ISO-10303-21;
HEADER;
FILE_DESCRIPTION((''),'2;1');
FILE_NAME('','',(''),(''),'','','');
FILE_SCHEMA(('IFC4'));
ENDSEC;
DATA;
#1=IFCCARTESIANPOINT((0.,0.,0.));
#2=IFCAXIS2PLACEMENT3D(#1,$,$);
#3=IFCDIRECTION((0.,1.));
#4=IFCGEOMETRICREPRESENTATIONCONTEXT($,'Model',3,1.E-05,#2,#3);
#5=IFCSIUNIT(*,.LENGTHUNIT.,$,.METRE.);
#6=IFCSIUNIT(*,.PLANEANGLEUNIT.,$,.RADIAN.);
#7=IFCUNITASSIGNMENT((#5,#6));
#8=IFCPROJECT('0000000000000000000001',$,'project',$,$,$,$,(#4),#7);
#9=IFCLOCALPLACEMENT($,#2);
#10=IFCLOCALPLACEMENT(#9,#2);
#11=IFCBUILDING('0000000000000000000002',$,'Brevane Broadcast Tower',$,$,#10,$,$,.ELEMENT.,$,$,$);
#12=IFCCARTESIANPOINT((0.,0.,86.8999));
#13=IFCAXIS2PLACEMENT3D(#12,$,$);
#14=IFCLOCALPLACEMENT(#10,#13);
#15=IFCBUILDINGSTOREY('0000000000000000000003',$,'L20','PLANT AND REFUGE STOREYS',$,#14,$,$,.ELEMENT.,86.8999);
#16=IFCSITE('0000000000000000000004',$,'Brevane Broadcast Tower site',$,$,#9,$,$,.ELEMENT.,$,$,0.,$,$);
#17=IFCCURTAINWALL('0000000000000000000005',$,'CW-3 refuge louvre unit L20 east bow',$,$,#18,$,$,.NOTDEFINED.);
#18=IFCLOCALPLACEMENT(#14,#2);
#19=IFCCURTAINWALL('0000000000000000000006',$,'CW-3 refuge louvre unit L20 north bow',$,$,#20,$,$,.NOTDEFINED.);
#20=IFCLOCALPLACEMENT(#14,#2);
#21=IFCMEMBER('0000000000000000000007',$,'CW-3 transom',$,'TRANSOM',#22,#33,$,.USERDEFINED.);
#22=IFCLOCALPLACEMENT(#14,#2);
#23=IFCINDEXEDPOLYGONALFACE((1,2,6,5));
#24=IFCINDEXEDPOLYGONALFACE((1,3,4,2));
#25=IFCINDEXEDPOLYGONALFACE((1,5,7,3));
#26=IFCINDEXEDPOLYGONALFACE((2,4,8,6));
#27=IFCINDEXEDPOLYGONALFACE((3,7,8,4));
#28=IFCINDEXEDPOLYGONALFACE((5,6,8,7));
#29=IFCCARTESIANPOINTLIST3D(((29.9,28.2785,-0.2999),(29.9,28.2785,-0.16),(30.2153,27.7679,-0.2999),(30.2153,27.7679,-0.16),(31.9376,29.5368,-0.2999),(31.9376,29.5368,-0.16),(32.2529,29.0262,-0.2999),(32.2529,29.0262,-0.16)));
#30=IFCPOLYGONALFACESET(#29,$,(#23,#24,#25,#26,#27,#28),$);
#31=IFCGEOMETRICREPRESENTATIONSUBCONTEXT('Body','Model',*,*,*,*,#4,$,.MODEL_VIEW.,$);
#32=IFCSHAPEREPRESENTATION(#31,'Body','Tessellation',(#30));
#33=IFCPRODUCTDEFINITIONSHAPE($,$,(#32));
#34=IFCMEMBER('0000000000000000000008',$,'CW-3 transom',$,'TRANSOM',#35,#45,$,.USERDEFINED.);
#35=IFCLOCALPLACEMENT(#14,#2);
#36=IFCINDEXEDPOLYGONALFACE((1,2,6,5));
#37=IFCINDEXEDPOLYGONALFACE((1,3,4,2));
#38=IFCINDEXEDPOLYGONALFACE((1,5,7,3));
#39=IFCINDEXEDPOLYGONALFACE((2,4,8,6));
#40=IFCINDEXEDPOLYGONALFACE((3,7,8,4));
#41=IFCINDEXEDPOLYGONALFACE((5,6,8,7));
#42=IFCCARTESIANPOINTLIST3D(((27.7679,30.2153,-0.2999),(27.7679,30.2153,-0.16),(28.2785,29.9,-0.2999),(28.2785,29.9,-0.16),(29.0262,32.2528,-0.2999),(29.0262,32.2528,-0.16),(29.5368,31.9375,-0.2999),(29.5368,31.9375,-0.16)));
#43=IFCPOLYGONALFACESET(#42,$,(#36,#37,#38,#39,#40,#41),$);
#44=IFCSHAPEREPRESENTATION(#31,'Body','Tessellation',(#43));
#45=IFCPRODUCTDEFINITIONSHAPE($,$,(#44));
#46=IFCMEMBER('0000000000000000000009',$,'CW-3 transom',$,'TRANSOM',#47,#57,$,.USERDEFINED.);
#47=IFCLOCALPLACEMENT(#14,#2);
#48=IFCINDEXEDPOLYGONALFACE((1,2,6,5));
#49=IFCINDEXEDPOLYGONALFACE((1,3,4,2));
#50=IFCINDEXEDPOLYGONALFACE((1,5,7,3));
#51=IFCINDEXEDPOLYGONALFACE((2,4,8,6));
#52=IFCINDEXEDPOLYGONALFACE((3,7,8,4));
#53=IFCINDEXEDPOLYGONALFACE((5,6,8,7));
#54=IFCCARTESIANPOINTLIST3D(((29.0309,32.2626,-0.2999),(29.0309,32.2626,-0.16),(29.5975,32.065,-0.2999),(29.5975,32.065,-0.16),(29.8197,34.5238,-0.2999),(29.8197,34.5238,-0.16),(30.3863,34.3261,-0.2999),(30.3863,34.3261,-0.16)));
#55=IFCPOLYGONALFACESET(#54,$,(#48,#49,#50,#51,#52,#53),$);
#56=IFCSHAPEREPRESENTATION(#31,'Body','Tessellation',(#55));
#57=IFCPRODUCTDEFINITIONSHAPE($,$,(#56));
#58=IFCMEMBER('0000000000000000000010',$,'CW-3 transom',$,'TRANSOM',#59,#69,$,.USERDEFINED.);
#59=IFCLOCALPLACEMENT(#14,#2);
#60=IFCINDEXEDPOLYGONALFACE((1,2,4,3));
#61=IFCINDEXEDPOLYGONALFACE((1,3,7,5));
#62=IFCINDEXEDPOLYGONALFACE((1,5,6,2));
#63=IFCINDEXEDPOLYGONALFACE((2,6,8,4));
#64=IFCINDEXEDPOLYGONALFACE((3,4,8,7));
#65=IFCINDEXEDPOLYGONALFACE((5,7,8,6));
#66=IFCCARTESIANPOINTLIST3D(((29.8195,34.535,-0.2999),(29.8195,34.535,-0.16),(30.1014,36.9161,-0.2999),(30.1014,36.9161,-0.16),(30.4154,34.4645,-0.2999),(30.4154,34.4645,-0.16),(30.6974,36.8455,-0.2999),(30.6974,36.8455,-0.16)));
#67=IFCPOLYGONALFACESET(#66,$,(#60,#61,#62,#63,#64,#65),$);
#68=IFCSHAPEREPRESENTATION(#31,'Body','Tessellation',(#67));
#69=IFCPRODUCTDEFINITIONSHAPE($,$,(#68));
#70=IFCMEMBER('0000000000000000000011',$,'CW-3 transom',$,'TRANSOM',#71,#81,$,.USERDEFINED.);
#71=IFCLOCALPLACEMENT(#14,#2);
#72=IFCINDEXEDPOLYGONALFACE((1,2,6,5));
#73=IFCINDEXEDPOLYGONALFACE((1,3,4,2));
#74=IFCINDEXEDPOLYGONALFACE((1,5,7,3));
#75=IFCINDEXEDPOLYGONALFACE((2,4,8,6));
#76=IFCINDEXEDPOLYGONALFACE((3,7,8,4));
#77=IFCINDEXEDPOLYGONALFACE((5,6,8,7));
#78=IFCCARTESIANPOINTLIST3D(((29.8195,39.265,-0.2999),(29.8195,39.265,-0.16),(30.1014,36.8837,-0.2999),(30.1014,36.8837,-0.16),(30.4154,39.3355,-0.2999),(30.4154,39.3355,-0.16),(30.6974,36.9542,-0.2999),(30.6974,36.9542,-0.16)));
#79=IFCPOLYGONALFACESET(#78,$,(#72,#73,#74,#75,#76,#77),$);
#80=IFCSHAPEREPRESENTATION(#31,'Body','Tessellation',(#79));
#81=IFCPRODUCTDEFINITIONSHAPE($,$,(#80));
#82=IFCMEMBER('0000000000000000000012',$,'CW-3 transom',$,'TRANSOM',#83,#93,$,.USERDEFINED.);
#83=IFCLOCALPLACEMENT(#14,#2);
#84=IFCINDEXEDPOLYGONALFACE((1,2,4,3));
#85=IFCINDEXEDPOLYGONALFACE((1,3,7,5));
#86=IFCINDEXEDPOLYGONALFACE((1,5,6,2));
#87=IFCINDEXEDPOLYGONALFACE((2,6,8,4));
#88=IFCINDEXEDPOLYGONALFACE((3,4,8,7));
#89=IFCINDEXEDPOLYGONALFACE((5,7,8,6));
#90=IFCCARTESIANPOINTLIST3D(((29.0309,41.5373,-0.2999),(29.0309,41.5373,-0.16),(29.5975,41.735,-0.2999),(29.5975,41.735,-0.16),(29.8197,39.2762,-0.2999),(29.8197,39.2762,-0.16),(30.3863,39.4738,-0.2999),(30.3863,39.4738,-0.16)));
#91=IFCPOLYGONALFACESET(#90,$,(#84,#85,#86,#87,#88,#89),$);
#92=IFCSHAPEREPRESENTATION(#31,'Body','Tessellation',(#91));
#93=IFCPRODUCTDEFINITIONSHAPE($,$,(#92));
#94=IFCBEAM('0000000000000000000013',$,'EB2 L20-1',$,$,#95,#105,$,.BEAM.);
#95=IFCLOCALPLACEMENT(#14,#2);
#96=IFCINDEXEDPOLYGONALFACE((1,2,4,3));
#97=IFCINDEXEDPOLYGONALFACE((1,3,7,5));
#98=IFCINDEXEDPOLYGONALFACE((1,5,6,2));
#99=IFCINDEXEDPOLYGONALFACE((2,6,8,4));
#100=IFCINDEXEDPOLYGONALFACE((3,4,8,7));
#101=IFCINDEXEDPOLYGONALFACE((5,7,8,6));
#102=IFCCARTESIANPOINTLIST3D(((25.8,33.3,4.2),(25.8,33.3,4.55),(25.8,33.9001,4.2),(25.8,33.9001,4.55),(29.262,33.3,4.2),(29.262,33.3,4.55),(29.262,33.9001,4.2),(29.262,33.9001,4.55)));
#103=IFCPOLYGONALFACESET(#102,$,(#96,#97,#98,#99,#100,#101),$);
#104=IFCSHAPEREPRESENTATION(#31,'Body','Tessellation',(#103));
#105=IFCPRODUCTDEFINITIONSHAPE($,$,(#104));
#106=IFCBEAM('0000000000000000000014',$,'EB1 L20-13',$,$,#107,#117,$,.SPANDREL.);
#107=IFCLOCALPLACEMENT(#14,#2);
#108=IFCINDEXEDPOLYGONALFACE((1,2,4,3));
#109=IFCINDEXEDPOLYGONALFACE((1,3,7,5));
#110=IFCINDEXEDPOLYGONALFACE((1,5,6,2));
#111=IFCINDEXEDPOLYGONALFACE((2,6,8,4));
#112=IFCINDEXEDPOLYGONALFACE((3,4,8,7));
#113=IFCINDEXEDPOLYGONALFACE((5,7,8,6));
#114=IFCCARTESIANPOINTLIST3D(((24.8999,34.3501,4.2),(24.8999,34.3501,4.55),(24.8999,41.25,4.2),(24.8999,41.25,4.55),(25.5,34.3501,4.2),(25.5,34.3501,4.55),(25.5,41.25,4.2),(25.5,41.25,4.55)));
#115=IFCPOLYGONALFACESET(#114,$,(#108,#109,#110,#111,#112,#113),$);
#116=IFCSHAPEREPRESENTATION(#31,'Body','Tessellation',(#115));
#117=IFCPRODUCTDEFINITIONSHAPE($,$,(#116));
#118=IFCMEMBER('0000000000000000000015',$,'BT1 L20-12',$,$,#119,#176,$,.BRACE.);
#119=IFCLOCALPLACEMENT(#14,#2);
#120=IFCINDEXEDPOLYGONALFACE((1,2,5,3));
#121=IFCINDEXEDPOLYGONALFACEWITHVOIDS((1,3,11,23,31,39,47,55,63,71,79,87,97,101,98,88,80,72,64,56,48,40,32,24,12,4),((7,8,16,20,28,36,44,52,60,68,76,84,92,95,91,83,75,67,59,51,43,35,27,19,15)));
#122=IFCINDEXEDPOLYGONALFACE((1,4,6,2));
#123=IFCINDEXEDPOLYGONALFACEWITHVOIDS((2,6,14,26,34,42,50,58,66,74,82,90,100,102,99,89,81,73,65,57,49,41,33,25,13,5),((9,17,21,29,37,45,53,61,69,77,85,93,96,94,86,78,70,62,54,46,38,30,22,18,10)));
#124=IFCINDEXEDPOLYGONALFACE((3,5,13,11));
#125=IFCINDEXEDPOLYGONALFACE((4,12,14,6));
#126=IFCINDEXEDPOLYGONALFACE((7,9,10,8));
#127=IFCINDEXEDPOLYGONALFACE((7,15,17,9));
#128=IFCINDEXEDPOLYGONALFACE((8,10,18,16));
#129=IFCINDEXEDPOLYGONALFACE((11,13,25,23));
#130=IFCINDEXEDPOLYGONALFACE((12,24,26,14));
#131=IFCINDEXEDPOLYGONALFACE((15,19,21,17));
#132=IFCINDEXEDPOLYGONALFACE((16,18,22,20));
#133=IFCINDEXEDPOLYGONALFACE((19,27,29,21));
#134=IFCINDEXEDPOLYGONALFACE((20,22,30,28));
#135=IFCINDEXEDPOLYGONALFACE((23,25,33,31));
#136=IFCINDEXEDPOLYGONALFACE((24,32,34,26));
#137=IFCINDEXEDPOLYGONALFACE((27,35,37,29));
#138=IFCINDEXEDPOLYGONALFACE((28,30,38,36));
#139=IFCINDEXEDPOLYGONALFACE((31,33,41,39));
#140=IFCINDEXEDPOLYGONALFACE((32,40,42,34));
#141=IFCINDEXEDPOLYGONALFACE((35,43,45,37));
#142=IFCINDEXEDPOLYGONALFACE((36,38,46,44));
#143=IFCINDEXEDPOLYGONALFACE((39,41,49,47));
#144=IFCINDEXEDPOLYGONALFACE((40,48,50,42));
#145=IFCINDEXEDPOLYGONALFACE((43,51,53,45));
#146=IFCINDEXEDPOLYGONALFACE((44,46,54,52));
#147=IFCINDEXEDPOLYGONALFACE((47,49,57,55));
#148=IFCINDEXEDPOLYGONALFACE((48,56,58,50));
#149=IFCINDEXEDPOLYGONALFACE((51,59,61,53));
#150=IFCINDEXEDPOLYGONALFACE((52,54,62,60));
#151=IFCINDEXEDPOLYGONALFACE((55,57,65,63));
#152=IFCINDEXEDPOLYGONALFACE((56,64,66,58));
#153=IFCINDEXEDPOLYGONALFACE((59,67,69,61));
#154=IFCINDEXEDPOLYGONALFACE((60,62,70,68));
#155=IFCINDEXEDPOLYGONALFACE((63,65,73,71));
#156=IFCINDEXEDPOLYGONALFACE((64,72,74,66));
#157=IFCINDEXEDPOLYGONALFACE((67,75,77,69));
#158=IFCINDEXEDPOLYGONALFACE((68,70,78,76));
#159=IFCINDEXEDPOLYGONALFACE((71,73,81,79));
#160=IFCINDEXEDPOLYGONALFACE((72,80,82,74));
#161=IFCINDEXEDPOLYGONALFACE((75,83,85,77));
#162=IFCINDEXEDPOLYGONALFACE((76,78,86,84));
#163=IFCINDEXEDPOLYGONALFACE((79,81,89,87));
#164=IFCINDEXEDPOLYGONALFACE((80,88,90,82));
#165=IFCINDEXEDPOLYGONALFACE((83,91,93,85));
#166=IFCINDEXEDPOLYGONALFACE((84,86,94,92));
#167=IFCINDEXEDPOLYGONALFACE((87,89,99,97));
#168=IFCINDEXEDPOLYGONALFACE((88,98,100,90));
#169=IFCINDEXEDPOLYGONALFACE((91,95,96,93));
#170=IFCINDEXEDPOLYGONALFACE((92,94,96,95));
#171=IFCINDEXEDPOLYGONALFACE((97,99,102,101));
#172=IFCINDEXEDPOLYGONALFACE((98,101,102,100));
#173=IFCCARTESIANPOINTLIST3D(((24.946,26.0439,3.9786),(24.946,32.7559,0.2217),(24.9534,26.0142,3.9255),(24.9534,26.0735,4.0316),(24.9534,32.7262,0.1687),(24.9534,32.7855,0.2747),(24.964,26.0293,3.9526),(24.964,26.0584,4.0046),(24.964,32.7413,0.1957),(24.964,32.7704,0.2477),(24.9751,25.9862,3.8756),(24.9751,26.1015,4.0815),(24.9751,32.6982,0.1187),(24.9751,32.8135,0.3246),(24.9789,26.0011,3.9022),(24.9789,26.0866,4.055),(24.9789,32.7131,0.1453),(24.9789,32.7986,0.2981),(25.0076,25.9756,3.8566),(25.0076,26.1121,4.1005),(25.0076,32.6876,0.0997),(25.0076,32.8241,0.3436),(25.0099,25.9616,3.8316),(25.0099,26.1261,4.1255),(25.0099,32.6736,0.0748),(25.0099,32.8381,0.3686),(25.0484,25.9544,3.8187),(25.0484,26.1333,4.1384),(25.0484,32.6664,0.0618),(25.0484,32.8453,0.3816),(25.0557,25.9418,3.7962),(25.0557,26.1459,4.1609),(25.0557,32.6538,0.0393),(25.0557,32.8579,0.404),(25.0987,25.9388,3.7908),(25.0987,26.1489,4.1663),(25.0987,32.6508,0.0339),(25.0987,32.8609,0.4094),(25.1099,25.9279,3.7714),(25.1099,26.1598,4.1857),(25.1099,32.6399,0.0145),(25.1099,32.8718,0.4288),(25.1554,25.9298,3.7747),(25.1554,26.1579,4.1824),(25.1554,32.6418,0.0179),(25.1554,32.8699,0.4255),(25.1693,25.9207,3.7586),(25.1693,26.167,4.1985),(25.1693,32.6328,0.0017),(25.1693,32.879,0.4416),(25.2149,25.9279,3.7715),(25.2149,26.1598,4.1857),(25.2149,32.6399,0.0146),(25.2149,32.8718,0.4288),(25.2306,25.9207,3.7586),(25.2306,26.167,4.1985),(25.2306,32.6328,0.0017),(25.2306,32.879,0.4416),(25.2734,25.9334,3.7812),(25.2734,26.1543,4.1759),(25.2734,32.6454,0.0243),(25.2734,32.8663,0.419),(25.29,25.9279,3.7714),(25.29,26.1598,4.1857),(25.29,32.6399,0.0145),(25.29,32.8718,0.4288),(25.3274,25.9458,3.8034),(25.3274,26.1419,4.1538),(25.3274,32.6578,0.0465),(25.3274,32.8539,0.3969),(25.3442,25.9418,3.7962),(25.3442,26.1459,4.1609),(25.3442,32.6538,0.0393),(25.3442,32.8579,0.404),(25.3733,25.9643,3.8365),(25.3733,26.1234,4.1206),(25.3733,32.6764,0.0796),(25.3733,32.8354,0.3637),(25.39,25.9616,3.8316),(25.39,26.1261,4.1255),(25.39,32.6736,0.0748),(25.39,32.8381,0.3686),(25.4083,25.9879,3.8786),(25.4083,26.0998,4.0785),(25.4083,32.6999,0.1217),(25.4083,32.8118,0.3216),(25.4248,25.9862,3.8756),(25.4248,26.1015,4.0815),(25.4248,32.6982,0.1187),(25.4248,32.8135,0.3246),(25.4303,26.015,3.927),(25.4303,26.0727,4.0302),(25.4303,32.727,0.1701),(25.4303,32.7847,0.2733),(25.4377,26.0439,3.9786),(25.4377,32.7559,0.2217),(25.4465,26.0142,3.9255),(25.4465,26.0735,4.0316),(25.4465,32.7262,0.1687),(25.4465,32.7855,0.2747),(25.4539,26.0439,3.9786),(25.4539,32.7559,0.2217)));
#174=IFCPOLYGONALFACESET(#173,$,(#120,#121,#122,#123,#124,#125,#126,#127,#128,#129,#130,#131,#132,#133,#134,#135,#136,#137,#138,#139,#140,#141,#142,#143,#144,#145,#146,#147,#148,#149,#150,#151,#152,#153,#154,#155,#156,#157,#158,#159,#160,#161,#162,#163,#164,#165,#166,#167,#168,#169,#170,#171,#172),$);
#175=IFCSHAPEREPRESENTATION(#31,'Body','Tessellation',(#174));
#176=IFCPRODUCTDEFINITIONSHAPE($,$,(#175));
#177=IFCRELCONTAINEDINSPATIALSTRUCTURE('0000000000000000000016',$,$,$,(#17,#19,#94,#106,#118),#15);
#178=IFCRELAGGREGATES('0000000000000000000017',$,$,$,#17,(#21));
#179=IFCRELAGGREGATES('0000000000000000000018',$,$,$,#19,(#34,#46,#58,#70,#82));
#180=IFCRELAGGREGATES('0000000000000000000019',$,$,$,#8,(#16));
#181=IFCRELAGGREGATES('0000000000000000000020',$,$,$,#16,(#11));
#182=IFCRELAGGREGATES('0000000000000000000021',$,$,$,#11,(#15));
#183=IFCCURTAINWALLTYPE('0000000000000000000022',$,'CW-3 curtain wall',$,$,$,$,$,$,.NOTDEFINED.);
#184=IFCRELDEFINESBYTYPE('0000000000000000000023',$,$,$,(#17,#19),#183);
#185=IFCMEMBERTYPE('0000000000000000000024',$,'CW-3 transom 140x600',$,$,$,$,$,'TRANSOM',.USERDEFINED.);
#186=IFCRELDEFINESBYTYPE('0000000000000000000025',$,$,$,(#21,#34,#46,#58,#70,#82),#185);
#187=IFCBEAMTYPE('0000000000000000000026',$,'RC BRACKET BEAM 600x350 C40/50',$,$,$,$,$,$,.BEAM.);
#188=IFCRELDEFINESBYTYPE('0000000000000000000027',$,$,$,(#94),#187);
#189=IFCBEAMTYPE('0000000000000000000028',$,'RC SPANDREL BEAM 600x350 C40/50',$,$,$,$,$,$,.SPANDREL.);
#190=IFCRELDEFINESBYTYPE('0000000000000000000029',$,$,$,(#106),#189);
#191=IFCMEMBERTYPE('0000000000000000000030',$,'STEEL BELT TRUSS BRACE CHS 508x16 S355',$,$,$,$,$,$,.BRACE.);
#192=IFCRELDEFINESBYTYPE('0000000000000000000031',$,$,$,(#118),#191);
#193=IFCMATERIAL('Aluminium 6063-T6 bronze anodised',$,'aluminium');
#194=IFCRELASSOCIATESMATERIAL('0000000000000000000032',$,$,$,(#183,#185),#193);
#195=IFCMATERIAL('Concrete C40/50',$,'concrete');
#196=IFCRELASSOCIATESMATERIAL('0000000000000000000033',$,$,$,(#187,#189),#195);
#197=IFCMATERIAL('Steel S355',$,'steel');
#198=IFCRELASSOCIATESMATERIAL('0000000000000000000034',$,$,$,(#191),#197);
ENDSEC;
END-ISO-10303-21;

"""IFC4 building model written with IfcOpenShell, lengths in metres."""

from ifc_helpers import new_model, si_unit, direction, frame, origin, origin_2d, place, context, subcontext, project, spatial, rectangle, hollow_circle, extrude, material, material_profile, profile_set, type_object, element, aggregate, save


model = new_model("IFC4")

# Units and contexts
model_context = context("Model", 3, precision=1e-05, world=origin(), true_north=direction((0.0, 1.0)))
body_context = subcontext(model_context, "Body", "Model", "MODEL_VIEW")
ifc_project = project(units=[si_unit("LENGTHUNIT", "METRE"), si_unit("PLANEANGLEUNIT", "RADIAN")], contexts=[model_context])

# Site, building, storey
site_placement = place(None, origin())
site = spatial("IfcSite", under=ifc_project, at=site_placement, Name="Brevane Broadcast Tower site", CompositionType="ELEMENT", RefElevation=0.0)
building_placement = place(site_placement, origin())
building = spatial("IfcBuilding", under=site, at=building_placement, Name="Brevane Broadcast Tower", CompositionType="ELEMENT")
storey_placement = place(building_placement, frame((0.0, 0.0, 86.8999)))
storey = spatial("IfcBuildingStorey", under=building, at=storey_placement, Name="L20", Description="PLANT AND REFUGE STOREYS", CompositionType="ELEMENT", Elevation=86.8999)

# Curtain walls
ifc_material_1 = material(Name="Aluminium 6063-T6 bronze anodised", Category="aluminium")
curtain_wall_type = type_object("IfcCurtainWallType", Name="CW-3 curtain wall", PredefinedType="NOTDEFINED", material=ifc_material_1)
curtain_wall_1_placement = place(storey_placement, origin())
curtain_wall_1 = element("IfcCurtainWall", 1, at=curtain_wall_1_placement, inside=storey, type_object=curtain_wall_type, Name="CW-3 refuge louvre unit L20 east bow", PredefinedType="NOTDEFINED")
curtain_wall_2_placement = place(storey_placement, origin())
curtain_wall_2 = element("IfcCurtainWall", 2, at=curtain_wall_2_placement, inside=storey, type_object=curtain_wall_type, Name="CW-3 refuge louvre unit L20 north bow", PredefinedType="NOTDEFINED")

# Members
ifc_material_profile_1 = material_profile(ifc_material_1, rectangle(XDim=0.6001, YDim=0.1399, at=origin_2d()), Name="RECT 140x600")
ifc_profile_set_1 = profile_set([ifc_material_profile_1], Name="Aluminium 6063-T6 bronze anodised")
member_type_1 = type_object("IfcMemberType", Name="CW-3 transom 140x600", ElementType="TRANSOM", PredefinedType="USERDEFINED", material=ifc_profile_set_1)
member_1_placement = place(storey_placement, frame((32.0952, 29.2815, -0.23), z_axis=(-0.850838, -0.525428, 0.0), x_axis=(0.525428, -0.850838, 0.0)))
member_1 = element("IfcMember", 3, at=member_1_placement, type_object=member_type_1, Name="CW-3 transom", ObjectType="TRANSOM", PredefinedType="USERDEFINED", context=body_context, shape_type="SweptSolid", body=[
    extrude(rectangle(XDim=0.6001, YDim=0.1399, at=origin_2d()), origin(), (0.0, 0.0, 1.0), 2.3948),
])
aggregate(curtain_wall_1, [member_1])
member_2_placement = place(storey_placement, frame((28.0232, 30.0576, -0.23), z_axis=(0.525428, 0.850838, 0.0), x_axis=(-0.850838, 0.525428, 0.0)))
member_2 = element("IfcMember", 4, at=member_2_placement, type_object=member_type_1, Name="CW-3 transom", ObjectType="TRANSOM", PredefinedType="USERDEFINED", context=body_context, shape_type="SweptSolid", body=[
    extrude(rectangle(XDim=0.6001, YDim=0.1399, at=origin_2d()), origin(), (0.0, 0.0, 1.0), 2.3948),
])
member_3_placement = place(storey_placement, frame((29.3142, 32.1638, -0.23), z_axis=(0.329378, 0.944198, 0.0), x_axis=(-0.944198, 0.329378, 0.0)))
member_3 = element("IfcMember", 5, at=member_3_placement, type_object=member_type_1, Name="CW-3 transom", ObjectType="TRANSOM", PredefinedType="USERDEFINED", context=body_context, shape_type="SweptSolid", body=[
    extrude(rectangle(XDim=0.6001, YDim=0.1399, at=origin_2d()), origin(), (0.0, 0.0, 1.0), 2.3948),
])
member_4_placement = place(storey_placement, frame((30.1174, 34.4998, -0.23), z_axis=(0.117603, 0.993061, 0.0), x_axis=(-0.993061, 0.117603, 0.0)))
member_4 = element("IfcMember", 6, at=member_4_placement, type_object=member_type_1, Name="CW-3 transom", ObjectType="TRANSOM", PredefinedType="USERDEFINED", context=body_context, shape_type="SweptSolid", body=[
    extrude(rectangle(XDim=0.6001, YDim=0.1399, at=origin_2d()), origin(), (0.0, 0.0, 1.0), 2.3977),
])
member_5_placement = place(storey_placement, frame((30.3994, 36.9189, -0.23), z_axis=(-0.117591, 0.993062, 0.0), x_axis=(-0.993062, -0.117591, 0.0)))
member_5 = element("IfcMember", 7, at=member_5_placement, type_object=member_type_1, Name="CW-3 transom", ObjectType="TRANSOM", PredefinedType="USERDEFINED", context=body_context, shape_type="SweptSolid", body=[
    extrude(rectangle(XDim=0.6001, YDim=0.1399, at=origin_2d()), origin(), (0.0, 0.0, 1.0), 2.3979),
])
member_6_placement = place(storey_placement, frame((30.103, 39.375, -0.23), z_axis=(-0.329378, 0.944198, 0.0), x_axis=(-0.944198, -0.329378, 0.0)))
member_6 = element("IfcMember", 8, at=member_6_placement, type_object=member_type_1, Name="CW-3 transom", ObjectType="TRANSOM", PredefinedType="USERDEFINED", context=body_context, shape_type="SweptSolid", body=[
    extrude(rectangle(XDim=0.6001, YDim=0.1399, at=origin_2d()), origin(), (0.0, 0.0, 1.0), 2.3948),
])
aggregate(curtain_wall_2, [member_2, member_3, member_4, member_5, member_6])

# Beams
ifc_material_2 = material(Name="Concrete C40/50", Category="concrete")
ifc_material_profile_2 = material_profile(ifc_material_2, rectangle(XDim=0.6001, YDim=0.3501, at=origin_2d()), Name="RC 600x350")
ifc_profile_set_2 = profile_set([ifc_material_profile_2], Name="Concrete C40/50")
beam_type_1 = type_object("IfcBeamType", Name="RC BRACKET BEAM 600x350 C40/50", PredefinedType="BEAM", material=ifc_profile_set_2)
beam_1_placement = place(storey_placement, frame((25.8, 33.6001, 4.375), z_axis=(1.0, 0.0, 0.0), x_axis=(0.0, 1.0, 0.0)))
element("IfcBeam", 9, at=beam_1_placement, inside=storey, type_object=beam_type_1, Name="EB2 L20-1", PredefinedType="BEAM", context=body_context, shape_type="SweptSolid", body=[
    extrude(rectangle(XDim=0.6001, YDim=0.3501, at=origin_2d()), origin(), (0.0, 0.0, 1.0), 3.4619),
])
ifc_material_profile_3 = material_profile(ifc_material_2, rectangle(XDim=0.6001, YDim=0.3501, at=origin_2d()), Name="RC 600x350")
ifc_profile_set_3 = profile_set([ifc_material_profile_3], Name="Concrete C40/50")
beam_type_2 = type_object("IfcBeamType", Name="RC SPANDREL BEAM 600x350 C40/50", PredefinedType="SPANDREL", material=ifc_profile_set_3)
beam_2_placement = place(storey_placement, frame((25.2, 34.3501, 4.375), z_axis=(0.0, 1.0, 0.0), x_axis=(-1.0, 0.0, 0.0)))
element("IfcBeam", 10, at=beam_2_placement, inside=storey, type_object=beam_type_2, Name="EB1 L20-13", PredefinedType="SPANDREL", context=body_context, shape_type="SweptSolid", body=[
    extrude(rectangle(XDim=0.6001, YDim=0.3501, at=origin_2d()), origin(), (0.0, 0.0, 1.0), 6.8999),
])

# Member
ifc_material_3 = material(Name="Steel S355", Category="steel")
ifc_material_profile_4 = material_profile(ifc_material_3, hollow_circle(Radius=0.2539, WallThickness=0.0161, at=origin_2d()), Name="CHS 508x16")
ifc_profile_set_4 = profile_set([ifc_material_profile_4], Name="Steel S355")
member_type_2 = type_object("IfcMemberType", Name="STEEL BELT TRUSS BRACE CHS 508x16 S355", PredefinedType="BRACE", material=ifc_profile_set_4)
for number, where, z_axis, x_axis, name in (
    (11, (25.2, 32.7559, 0.2217), (0.0, -0.872608, 0.488422), (1.0, 0.0, 0.0), "BT1 L20-12"),
):
    element("IfcMember", number, at=place(storey_placement, frame(where, z_axis=z_axis, x_axis=x_axis)), inside=storey, type_object=member_type_2, Name=name, PredefinedType="BRACE", context=body_context, shape_type="SweptSolid", body=[
        extrude(hollow_circle(Radius=0.2539, WallThickness=0.0161, at=origin_2d()), origin(), (0.0, 0.0, 1.0), 7.6919),
    ])

save(model, "model.ifc")
